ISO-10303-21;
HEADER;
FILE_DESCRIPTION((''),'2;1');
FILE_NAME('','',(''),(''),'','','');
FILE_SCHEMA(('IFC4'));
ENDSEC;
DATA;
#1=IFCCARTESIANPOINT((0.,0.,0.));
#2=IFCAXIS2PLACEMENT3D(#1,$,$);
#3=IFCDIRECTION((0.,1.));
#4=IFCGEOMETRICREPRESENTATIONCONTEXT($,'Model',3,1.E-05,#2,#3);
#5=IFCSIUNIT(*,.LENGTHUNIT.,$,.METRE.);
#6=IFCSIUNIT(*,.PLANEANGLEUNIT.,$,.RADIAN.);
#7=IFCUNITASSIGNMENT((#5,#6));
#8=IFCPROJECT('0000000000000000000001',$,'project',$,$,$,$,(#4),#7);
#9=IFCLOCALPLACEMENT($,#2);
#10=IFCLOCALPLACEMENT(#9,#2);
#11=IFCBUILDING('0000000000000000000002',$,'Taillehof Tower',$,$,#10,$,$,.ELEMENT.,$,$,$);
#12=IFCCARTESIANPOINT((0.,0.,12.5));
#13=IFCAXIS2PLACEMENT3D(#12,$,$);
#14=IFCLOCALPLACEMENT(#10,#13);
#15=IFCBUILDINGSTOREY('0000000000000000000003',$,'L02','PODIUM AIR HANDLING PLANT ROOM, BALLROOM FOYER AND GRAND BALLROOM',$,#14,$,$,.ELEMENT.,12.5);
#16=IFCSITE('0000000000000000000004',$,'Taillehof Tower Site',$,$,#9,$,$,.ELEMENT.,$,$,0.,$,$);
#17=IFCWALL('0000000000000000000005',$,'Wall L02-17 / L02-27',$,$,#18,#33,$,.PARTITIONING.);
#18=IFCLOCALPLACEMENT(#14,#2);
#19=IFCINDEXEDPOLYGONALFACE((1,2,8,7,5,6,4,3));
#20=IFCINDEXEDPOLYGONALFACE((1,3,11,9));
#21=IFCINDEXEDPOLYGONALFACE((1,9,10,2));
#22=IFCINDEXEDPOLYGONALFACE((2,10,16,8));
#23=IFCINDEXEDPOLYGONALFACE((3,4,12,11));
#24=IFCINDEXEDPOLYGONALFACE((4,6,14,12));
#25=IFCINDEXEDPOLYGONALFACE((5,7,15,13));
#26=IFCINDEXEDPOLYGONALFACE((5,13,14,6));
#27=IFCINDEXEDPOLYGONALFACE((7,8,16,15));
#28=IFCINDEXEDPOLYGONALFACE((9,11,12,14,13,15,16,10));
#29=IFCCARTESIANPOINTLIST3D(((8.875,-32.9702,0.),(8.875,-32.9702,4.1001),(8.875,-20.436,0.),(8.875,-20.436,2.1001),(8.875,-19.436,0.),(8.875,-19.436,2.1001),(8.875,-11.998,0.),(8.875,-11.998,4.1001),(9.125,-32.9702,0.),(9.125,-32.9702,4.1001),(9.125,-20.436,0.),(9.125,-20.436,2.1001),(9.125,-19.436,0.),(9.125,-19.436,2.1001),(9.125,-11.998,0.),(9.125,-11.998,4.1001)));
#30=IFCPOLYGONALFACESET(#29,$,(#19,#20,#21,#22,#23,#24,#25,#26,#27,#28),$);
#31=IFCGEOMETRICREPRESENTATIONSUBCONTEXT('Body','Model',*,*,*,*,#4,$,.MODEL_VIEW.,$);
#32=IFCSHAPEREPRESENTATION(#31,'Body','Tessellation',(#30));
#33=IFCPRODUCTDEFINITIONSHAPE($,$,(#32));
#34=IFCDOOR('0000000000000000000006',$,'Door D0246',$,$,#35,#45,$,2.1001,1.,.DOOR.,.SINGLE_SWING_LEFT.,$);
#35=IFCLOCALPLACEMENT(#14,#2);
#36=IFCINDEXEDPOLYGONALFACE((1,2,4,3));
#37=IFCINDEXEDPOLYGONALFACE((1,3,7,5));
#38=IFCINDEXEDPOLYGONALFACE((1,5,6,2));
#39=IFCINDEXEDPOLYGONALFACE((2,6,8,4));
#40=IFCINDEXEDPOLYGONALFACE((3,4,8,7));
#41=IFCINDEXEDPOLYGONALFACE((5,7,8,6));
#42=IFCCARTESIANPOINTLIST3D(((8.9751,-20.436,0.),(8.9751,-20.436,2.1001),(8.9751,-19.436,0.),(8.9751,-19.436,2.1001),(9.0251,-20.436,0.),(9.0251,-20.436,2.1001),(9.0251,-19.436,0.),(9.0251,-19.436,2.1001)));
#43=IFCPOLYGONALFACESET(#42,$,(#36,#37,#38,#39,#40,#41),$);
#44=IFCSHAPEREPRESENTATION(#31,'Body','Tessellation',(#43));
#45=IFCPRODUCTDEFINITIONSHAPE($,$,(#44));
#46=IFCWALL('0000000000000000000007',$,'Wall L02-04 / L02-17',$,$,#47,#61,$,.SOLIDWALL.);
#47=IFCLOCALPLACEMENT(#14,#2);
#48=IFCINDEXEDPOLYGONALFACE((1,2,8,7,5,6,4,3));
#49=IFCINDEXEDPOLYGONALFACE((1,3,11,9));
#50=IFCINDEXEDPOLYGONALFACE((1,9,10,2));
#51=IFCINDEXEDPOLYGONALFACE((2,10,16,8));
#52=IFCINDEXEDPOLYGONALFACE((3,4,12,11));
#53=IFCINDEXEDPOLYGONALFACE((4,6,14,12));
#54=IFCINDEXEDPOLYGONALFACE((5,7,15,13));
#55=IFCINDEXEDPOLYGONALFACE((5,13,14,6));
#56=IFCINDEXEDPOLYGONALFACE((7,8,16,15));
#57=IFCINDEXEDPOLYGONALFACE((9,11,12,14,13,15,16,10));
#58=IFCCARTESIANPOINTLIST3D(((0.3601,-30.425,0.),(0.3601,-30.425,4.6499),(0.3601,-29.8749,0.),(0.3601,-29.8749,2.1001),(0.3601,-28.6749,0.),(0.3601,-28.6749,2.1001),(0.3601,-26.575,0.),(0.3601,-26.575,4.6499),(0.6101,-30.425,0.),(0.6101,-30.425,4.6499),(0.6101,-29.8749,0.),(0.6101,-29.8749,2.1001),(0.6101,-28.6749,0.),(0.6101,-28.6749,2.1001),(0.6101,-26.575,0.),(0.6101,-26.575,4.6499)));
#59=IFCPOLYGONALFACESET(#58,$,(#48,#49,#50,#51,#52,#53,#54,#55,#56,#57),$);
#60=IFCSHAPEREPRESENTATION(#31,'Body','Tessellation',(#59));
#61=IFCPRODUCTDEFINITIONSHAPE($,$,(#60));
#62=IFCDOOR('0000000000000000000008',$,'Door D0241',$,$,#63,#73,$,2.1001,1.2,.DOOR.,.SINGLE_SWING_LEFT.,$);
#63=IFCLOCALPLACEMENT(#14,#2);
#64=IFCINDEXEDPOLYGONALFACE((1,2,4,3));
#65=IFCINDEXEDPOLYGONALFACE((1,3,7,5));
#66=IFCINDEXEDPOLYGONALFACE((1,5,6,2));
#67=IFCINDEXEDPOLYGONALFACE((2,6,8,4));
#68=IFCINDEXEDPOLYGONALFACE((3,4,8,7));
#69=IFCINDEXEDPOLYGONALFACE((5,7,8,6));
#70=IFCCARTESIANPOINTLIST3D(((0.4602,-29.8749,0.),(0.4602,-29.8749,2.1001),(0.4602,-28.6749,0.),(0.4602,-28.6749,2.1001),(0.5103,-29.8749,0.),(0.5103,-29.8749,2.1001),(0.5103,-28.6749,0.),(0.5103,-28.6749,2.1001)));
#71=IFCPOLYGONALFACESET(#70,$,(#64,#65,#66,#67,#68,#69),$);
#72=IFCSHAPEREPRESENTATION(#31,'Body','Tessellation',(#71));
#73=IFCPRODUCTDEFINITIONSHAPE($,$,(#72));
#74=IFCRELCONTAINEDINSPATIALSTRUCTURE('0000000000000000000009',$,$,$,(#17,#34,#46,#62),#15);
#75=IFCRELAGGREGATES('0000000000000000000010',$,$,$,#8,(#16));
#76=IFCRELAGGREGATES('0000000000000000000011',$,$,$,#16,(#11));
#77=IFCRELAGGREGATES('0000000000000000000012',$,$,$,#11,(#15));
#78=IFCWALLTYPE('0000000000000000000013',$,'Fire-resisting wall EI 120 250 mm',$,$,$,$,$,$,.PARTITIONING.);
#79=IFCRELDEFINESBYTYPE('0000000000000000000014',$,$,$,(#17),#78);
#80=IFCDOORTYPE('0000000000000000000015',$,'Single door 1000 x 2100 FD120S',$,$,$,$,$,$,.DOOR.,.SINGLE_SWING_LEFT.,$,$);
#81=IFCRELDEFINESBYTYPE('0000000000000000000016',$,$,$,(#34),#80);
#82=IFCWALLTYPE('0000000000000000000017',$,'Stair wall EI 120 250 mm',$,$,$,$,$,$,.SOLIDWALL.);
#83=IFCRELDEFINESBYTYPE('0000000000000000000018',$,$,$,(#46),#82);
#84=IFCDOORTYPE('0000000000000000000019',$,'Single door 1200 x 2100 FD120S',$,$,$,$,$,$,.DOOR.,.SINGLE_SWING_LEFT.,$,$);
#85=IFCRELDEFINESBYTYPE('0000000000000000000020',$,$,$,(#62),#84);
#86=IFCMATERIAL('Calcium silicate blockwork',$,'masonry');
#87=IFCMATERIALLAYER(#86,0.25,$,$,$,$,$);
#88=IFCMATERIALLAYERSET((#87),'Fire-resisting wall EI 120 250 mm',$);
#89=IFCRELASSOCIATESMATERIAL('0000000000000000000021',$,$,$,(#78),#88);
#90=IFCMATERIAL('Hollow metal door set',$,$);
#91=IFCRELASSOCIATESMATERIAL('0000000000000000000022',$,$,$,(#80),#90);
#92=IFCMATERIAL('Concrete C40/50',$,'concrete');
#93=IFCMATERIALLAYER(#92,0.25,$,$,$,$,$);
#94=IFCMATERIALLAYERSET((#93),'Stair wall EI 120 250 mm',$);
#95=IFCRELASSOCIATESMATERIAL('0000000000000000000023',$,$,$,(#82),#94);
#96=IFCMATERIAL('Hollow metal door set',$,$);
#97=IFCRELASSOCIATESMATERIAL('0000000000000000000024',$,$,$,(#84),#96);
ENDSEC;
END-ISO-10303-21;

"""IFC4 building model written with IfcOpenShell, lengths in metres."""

from ifc_helpers import new_model, si_unit, direction, frame, frame_2d, origin, place, context, subcontext, project, spatial, rectangle, extrude, material, layer, layer_set, type_object, element, fill, save


model = new_model("IFC4")

# Units and contexts
model_context = context("Model", 3, precision=1e-05, world=origin(), true_north=direction((0.0, 1.0)))
body_context = subcontext(model_context, "Body", "Model", "MODEL_VIEW")
ifc_project = project(units=[si_unit("LENGTHUNIT", "METRE"), si_unit("PLANEANGLEUNIT", "RADIAN")], contexts=[model_context])

# Site, building, storey
site_placement = place(None, origin())
site = spatial("IfcSite", under=ifc_project, at=site_placement, Name="Taillehof Tower Site", CompositionType="ELEMENT", RefElevation=0.0)
building_placement = place(site_placement, origin())
building = spatial("IfcBuilding", under=site, at=building_placement, Name="Taillehof Tower", CompositionType="ELEMENT")
storey_placement = place(building_placement, frame((0.0, 0.0, 12.5)))
storey = spatial("IfcBuildingStorey", under=building, at=storey_placement, Name="L02", Description="PODIUM AIR HANDLING PLANT ROOM, BALLROOM FOYER AND GRAND BALLROOM", CompositionType="ELEMENT", Elevation=12.5)

# Walls, openings, doors
ifc_material_1 = material(Name="Calcium silicate blockwork", Category="masonry")
ifc_layer_1 = layer(ifc_material_1, 0.25)
ifc_layer_set_1 = layer_set([ifc_layer_1], Name="Fire-resisting wall EI 120 250 mm")
wall_type_1 = type_object("IfcWallType", Name="Fire-resisting wall EI 120 250 mm", PredefinedType="PARTITIONING", material=ifc_layer_set_1)
wall_1_placement = place(storey_placement, frame((9.0, -32.9702, 0.0), z_axis=(0.0, 0.0, 1.0), x_axis=(0.0, 1.0, 0.0)))
wall_1 = element("IfcWall", 1, at=wall_1_placement, inside=storey, type_object=wall_type_1, Name="Wall L02-17 / L02-27", PredefinedType="PARTITIONING", context=body_context, shape_type="SweptSolid", body=[
    extrude(rectangle(XDim=20.9722, YDim=0.25, at=frame_2d((10.4861, 0.0))), origin(), (0.0, 0.0, 1.0), 4.1001),
])
opening_1_placement = place(wall_1_placement, frame((12.5342, 0.0, 0.0)))
opening_1 = element("IfcOpeningElement", 2, at=opening_1_placement, cuts=wall_1, PredefinedType="OPENING", context=body_context, shape_type="SweptSolid", body=[
    extrude(rectangle(XDim=1.0, YDim=2.1001, at=frame_2d((0.5, 1.05))), frame((0.0, 0.135, 0.0), z_axis=(0.0, -1.0, 0.0), x_axis=(1.0, 0.0, 0.0)), (0.0, 0.0, 1.0), 0.27),
])
ifc_material_2 = material(Name="Hollow metal door set")
door_type_1 = type_object("IfcDoorType", Name="Single door 1000 x 2100 FD120S", OperationType="SINGLE_SWING_LEFT", PredefinedType="DOOR", material=ifc_material_2)
door_1_placement = place(opening_1_placement, origin())
door_1 = element("IfcDoor", 3, at=door_1_placement, inside=storey, type_object=door_type_1, Name="Door D0246", OperationType="SINGLE_SWING_LEFT", OverallHeight=2.1001, OverallWidth=1.0, PredefinedType="DOOR", context=body_context, shape_type="SweptSolid", body=[
    extrude(rectangle(XDim=1.0, YDim=2.1001, at=frame_2d((0.5, 1.05))), frame((0.0, 0.0249, 0.0), z_axis=(0.0, -1.0, 0.0), x_axis=(1.0, 0.0, 0.0)), (0.0, 0.0, 1.0), 0.05),
])
fill(opening_1, door_1)
ifc_material_3 = material(Name="Concrete C40/50", Category="concrete")
ifc_layer_2 = layer(ifc_material_3, 0.25)
ifc_layer_set_2 = layer_set([ifc_layer_2], Name="Stair wall EI 120 250 mm")
wall_type_2 = type_object("IfcWallType", Name="Stair wall EI 120 250 mm", PredefinedType="SOLIDWALL", material=ifc_layer_set_2)
wall_2_placement = place(storey_placement, frame((0.4851, -30.425, 0.0), z_axis=(0.0, 0.0, 1.0), x_axis=(0.0, 1.0, 0.0)))
wall_2 = element("IfcWall", 4, at=wall_2_placement, inside=storey, type_object=wall_type_2, Name="Wall L02-04 / L02-17", PredefinedType="SOLIDWALL", context=body_context, shape_type="SweptSolid", body=[
    extrude(rectangle(XDim=3.8501, YDim=0.25, at=frame_2d((1.925, 0.0))), origin(), (0.0, 0.0, 1.0), 4.6499),
])
opening_2_placement = place(wall_2_placement, frame((0.55, 0.0, 0.0)))
opening_2 = element("IfcOpeningElement", 5, at=opening_2_placement, cuts=wall_2, PredefinedType="OPENING", context=body_context, shape_type="SweptSolid", body=[
    extrude(rectangle(XDim=1.2, YDim=2.1001, at=frame_2d((0.6001, 1.05))), frame((0.0, 0.135, 0.0), z_axis=(0.0, -1.0, 0.0), x_axis=(1.0, 0.0, 0.0)), (0.0, 0.0, 1.0), 0.27),
])
ifc_material_4 = material(Name="Hollow metal door set")
door_type_2 = type_object("IfcDoorType", Name="Single door 1200 x 2100 FD120S", OperationType="SINGLE_SWING_LEFT", PredefinedType="DOOR", material=ifc_material_4)
door_2_placement = place(opening_2_placement, origin())
door_2 = element("IfcDoor", 6, at=door_2_placement, inside=storey, type_object=door_type_2, Name="Door D0241", OperationType="SINGLE_SWING_LEFT", OverallHeight=2.1001, OverallWidth=1.2, PredefinedType="DOOR", context=body_context, shape_type="SweptSolid", body=[
    extrude(rectangle(XDim=1.2, YDim=2.1001, at=frame_2d((0.6001, 1.05))), frame((0.0, 0.0249, 0.0), z_axis=(0.0, -1.0, 0.0), x_axis=(1.0, 0.0, 0.0)), (0.0, 0.0, 1.0), 0.05),
])
fill(opening_2, door_2)

save(model, "model.ifc")
